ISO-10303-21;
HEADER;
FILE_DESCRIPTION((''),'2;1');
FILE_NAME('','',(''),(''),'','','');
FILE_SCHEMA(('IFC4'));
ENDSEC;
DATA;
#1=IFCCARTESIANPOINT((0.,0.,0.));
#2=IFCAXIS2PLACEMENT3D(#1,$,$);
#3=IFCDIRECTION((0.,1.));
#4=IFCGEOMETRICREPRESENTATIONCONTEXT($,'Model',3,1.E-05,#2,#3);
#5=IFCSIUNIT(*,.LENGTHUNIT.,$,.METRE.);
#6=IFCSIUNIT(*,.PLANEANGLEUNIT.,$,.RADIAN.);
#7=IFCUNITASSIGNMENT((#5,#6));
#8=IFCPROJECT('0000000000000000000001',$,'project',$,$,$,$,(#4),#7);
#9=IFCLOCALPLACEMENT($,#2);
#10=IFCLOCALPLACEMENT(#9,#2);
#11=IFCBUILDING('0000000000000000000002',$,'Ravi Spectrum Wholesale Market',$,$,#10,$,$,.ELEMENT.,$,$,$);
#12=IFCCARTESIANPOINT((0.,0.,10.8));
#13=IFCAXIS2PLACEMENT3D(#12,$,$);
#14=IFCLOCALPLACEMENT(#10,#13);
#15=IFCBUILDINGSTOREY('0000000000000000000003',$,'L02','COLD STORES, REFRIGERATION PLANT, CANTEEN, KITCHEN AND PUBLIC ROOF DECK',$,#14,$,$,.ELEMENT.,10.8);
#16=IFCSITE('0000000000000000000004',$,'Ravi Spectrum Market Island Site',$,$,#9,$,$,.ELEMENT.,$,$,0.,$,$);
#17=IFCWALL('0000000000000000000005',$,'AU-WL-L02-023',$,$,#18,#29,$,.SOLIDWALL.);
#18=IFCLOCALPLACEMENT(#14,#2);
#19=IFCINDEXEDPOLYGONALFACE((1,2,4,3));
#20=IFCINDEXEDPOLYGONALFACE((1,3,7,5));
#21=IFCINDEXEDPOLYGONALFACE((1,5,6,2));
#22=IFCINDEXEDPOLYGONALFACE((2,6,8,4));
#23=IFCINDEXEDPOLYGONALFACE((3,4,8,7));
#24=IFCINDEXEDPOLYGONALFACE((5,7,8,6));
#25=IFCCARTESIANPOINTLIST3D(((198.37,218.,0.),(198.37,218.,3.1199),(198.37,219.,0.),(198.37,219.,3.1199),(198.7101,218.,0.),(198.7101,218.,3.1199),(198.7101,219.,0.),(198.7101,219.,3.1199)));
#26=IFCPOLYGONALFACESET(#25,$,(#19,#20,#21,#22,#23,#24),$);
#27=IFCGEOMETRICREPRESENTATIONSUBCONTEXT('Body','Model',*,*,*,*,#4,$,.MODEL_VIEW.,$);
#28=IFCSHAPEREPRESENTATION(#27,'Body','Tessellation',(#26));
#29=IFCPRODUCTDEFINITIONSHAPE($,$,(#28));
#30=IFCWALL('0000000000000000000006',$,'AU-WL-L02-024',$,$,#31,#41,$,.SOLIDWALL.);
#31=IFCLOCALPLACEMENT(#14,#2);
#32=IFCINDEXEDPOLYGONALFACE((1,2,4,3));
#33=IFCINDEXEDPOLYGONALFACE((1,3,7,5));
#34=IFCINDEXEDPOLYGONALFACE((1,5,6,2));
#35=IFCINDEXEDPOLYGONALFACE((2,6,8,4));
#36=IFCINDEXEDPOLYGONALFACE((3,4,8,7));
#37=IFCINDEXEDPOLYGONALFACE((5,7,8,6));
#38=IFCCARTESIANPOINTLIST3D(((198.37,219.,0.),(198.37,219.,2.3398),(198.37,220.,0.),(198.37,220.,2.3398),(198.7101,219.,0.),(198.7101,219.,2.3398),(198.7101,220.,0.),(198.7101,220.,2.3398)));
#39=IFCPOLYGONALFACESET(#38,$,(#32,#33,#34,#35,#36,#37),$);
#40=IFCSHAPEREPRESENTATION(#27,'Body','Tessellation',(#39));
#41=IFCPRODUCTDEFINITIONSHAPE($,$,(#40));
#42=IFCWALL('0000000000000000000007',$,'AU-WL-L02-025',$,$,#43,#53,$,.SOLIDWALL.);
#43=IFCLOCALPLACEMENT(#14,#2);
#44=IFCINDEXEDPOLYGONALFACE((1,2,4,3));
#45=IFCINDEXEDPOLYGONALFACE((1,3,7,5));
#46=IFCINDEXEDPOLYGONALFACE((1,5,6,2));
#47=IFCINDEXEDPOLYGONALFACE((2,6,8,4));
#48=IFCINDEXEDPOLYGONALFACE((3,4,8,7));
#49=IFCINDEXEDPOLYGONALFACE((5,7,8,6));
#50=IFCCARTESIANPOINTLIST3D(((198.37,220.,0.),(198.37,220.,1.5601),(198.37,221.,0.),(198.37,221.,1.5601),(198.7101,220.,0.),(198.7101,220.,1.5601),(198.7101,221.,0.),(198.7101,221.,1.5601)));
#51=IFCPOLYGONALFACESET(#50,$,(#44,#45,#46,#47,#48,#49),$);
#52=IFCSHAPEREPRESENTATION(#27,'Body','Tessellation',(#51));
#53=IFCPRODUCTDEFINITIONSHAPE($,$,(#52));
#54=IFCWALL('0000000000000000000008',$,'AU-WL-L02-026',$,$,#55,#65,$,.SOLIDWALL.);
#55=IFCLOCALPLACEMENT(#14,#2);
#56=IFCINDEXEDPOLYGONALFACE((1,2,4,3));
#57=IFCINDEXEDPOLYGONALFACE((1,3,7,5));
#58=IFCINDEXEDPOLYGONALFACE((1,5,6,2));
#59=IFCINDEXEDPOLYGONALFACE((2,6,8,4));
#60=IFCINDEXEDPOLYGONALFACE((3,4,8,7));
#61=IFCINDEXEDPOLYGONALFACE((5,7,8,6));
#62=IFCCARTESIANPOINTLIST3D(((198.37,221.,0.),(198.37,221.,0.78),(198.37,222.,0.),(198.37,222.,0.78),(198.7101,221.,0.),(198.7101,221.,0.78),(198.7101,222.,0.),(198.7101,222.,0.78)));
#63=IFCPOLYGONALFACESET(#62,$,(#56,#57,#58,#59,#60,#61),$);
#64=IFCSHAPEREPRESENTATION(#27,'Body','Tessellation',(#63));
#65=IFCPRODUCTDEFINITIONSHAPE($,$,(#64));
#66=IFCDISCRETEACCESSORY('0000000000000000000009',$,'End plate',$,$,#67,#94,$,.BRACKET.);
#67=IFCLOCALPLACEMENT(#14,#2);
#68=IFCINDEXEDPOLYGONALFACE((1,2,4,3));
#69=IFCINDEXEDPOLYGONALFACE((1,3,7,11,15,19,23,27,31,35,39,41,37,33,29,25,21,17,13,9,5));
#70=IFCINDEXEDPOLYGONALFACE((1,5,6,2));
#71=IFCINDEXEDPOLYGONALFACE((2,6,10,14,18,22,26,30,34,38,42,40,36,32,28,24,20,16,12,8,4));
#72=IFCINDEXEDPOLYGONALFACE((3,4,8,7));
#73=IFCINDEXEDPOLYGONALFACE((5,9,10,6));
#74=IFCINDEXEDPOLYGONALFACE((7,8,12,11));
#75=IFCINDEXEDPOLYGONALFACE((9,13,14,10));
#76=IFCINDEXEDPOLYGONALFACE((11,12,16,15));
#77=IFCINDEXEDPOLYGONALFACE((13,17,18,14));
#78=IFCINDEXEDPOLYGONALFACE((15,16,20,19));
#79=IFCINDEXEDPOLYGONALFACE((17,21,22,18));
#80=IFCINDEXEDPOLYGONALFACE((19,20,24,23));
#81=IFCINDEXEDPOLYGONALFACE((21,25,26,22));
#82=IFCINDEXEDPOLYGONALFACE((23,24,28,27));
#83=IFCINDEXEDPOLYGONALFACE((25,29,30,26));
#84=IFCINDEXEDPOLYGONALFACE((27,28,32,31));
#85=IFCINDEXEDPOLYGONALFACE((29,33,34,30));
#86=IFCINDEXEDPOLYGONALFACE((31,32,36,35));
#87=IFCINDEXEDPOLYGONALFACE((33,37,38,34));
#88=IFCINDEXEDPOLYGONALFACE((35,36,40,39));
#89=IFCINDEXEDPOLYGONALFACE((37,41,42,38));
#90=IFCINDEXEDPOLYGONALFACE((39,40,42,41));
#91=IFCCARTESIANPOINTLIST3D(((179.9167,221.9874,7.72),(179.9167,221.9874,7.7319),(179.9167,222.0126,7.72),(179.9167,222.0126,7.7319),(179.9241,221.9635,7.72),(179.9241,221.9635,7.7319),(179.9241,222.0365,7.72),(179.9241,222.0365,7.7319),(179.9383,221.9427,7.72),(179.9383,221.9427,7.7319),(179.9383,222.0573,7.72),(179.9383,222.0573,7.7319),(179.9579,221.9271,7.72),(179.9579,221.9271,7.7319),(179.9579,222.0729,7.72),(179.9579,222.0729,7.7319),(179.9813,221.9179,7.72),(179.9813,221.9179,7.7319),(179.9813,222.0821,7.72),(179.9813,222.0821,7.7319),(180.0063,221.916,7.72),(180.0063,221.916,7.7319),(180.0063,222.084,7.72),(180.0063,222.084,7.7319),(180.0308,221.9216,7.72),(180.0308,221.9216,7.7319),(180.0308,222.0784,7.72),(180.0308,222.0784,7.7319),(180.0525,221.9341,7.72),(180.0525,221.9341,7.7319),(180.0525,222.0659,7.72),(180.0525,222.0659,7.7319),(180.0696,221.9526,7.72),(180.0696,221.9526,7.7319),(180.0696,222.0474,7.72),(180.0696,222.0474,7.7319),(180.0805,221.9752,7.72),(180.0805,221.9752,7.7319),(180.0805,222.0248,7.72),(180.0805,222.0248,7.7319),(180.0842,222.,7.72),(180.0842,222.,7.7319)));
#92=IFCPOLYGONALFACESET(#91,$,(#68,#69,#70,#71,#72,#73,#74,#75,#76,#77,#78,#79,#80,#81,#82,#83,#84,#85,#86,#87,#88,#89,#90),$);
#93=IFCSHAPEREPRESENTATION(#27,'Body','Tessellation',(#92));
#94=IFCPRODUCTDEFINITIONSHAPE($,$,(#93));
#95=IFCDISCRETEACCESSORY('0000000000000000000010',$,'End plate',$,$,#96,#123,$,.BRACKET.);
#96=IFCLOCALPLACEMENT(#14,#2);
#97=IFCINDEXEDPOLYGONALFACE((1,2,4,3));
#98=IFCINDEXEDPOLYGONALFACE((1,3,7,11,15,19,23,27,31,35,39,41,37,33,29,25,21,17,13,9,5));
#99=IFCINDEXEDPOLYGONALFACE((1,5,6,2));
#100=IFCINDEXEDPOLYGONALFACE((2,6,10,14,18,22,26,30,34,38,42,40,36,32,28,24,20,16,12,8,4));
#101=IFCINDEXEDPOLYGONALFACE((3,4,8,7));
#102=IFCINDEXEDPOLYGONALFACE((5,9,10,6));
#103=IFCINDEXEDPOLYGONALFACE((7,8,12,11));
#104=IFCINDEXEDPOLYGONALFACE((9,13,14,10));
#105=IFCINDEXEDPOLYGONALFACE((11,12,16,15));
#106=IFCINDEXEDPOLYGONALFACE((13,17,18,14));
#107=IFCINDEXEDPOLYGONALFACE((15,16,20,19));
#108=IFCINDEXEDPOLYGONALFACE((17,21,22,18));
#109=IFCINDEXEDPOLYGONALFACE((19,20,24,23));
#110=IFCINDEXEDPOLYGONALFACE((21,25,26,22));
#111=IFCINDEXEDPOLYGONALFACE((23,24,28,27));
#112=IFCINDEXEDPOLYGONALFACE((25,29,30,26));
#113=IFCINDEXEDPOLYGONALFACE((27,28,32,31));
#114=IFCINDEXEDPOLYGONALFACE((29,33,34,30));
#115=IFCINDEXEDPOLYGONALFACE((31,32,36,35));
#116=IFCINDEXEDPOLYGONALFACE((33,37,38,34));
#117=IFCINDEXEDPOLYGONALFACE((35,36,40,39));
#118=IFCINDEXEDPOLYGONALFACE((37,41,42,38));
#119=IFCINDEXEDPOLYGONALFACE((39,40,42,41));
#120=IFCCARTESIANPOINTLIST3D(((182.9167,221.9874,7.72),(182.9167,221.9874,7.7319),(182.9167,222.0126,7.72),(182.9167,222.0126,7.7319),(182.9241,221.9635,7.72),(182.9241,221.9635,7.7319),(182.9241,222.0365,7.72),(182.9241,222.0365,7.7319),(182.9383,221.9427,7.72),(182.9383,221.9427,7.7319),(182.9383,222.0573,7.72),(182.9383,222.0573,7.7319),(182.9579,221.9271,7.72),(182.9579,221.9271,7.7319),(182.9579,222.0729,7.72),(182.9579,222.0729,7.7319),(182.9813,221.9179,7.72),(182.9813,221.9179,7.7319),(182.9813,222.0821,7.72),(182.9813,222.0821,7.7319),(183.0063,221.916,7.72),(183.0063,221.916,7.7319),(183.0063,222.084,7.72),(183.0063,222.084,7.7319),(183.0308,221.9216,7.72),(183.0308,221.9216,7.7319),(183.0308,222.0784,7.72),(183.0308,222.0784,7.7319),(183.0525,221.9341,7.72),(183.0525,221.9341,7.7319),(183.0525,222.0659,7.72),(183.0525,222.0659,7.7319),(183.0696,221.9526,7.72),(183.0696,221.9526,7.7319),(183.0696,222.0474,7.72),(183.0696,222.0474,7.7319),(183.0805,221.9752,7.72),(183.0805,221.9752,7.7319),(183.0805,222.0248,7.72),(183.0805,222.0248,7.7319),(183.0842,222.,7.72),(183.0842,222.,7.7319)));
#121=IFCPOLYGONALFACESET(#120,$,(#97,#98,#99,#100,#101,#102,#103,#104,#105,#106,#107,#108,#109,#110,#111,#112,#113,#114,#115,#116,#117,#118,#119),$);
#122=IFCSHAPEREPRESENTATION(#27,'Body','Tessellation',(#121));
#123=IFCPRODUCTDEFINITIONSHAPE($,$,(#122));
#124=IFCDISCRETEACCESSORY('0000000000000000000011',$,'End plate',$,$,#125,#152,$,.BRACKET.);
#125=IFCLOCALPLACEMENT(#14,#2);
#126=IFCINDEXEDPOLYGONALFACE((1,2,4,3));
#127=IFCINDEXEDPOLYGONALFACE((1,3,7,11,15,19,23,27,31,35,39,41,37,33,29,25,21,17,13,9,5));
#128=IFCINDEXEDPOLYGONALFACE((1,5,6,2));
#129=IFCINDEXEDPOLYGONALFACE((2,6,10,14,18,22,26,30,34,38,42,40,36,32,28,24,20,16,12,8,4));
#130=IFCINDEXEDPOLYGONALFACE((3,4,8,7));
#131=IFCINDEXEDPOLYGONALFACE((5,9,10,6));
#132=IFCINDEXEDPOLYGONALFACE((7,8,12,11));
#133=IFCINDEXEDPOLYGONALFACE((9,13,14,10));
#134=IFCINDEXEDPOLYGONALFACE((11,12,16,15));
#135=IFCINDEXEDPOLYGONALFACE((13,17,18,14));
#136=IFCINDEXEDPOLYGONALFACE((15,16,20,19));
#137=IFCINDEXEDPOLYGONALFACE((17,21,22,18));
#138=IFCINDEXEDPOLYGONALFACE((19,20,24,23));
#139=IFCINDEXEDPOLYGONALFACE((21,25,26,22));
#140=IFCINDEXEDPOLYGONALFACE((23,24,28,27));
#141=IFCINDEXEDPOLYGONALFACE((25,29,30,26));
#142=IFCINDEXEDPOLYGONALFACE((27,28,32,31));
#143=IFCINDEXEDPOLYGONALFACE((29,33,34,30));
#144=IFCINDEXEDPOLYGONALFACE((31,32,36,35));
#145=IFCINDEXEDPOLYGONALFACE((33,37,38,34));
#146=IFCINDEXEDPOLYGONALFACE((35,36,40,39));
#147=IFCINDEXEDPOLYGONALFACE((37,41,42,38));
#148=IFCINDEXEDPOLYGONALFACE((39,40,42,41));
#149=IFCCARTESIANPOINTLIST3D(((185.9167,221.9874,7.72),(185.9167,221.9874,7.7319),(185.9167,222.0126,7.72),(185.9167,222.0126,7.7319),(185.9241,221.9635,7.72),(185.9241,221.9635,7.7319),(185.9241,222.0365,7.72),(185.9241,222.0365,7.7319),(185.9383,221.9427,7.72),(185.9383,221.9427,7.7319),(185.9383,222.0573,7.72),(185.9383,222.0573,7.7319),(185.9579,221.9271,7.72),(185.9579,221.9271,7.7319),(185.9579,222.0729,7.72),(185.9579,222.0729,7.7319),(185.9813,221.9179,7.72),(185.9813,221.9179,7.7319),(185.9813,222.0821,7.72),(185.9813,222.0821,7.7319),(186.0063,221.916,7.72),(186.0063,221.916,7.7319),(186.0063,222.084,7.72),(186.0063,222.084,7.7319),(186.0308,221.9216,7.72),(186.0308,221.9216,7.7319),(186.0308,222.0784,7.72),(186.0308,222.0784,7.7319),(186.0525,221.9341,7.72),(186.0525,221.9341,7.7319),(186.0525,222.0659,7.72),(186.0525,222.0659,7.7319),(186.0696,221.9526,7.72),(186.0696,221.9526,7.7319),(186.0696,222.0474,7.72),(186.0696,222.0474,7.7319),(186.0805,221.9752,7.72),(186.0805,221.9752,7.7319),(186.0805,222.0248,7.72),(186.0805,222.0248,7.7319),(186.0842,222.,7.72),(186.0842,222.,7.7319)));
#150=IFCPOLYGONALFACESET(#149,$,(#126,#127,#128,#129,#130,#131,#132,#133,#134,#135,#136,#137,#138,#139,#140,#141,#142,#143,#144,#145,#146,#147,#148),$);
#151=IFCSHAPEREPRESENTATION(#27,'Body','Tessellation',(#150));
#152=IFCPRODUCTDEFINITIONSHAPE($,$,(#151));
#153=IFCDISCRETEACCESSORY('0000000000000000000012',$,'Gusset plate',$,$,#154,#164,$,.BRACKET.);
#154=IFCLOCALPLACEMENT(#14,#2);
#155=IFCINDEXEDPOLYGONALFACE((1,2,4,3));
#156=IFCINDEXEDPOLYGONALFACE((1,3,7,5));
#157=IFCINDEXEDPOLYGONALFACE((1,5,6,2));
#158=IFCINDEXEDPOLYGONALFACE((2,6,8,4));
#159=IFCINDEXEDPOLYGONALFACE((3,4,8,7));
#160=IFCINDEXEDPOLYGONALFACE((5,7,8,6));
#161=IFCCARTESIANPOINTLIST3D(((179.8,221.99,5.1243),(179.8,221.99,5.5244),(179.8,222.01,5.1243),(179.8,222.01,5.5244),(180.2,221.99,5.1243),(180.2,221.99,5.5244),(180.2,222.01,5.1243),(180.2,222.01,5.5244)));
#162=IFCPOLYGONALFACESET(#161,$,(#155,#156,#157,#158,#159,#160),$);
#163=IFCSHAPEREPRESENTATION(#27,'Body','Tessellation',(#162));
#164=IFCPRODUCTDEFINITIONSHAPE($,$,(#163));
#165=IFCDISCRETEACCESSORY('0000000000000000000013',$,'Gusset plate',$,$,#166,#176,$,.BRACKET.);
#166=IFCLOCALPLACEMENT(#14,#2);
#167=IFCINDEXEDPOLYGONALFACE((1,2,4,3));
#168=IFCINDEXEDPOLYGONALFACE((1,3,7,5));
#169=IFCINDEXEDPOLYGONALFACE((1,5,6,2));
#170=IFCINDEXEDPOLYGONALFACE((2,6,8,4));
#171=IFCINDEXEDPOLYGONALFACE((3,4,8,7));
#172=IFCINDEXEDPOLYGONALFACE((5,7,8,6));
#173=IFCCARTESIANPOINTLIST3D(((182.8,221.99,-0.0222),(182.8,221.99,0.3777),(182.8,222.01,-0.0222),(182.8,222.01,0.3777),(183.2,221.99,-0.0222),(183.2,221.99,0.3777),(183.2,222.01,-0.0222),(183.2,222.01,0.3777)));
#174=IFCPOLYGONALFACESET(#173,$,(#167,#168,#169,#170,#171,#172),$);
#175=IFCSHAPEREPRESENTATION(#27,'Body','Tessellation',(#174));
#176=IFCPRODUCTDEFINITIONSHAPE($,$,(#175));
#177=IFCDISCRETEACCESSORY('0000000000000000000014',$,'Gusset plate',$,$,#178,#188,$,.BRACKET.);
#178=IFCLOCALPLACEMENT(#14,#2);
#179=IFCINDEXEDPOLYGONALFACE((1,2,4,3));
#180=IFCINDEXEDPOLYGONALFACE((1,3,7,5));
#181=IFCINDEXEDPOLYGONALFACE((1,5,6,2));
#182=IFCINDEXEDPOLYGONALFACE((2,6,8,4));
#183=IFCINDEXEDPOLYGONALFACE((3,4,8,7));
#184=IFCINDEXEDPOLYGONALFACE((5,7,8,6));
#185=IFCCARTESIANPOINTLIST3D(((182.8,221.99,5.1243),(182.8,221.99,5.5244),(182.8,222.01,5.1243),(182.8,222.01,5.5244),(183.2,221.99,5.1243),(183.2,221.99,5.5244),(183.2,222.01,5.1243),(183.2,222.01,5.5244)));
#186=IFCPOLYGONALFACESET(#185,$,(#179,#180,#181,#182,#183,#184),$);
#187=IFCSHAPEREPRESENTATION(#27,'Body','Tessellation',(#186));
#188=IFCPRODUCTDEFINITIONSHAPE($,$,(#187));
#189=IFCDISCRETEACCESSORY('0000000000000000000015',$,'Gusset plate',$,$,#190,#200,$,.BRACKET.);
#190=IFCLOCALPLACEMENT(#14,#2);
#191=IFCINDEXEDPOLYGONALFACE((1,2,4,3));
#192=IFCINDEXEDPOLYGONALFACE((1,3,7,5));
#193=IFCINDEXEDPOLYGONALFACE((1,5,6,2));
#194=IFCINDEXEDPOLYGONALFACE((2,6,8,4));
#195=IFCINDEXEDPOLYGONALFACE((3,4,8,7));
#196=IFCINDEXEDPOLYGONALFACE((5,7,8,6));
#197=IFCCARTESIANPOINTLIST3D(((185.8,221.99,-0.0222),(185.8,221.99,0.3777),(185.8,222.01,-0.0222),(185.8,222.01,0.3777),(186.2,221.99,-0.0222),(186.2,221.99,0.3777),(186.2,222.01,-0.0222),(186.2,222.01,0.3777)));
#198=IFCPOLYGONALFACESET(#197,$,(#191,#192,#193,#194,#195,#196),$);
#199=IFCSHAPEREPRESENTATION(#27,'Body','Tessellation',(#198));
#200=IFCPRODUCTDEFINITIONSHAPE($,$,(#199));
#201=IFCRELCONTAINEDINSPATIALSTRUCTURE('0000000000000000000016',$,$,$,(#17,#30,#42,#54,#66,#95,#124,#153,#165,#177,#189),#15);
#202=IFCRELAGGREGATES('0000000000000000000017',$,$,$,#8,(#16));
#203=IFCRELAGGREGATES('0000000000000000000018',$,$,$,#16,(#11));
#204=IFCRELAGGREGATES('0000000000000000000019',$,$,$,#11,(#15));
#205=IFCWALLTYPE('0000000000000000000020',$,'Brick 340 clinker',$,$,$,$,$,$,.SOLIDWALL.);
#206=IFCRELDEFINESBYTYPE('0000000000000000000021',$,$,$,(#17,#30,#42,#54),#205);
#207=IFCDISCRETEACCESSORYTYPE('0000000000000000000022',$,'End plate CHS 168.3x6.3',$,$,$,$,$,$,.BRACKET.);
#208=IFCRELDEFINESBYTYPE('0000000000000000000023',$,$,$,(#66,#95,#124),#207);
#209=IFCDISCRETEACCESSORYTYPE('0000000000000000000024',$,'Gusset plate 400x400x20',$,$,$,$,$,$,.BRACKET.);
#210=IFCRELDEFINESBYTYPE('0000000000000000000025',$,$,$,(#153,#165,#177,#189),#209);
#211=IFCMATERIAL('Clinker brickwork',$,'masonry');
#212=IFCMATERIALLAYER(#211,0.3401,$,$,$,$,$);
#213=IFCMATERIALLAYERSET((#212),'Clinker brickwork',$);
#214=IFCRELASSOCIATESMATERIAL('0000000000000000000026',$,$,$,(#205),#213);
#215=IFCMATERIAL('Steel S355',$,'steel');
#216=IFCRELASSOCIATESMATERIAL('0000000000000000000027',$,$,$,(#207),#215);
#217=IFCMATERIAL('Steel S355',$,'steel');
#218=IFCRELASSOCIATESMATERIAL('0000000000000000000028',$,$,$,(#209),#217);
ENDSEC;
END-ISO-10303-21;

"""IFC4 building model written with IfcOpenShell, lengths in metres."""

from ifc_helpers import new_model, si_unit, direction, frame, frame_2d, origin, origin_2d, place, context, subcontext, project, spatial, rectangle, circle, extrude, material, layer, layer_set, material_profile, profile_set, type_object, element, save


model = new_model("IFC4")

# Units and contexts
model_context = context("Model", 3, precision=1e-05, world=origin(), true_north=direction((0.0, 1.0)))
body_context = subcontext(model_context, "Body", "Model", "MODEL_VIEW")
ifc_project = project(units=[si_unit("LENGTHUNIT", "METRE"), si_unit("PLANEANGLEUNIT", "RADIAN")], contexts=[model_context])

# Site, building, storey
site_placement = place(None, origin())
site = spatial("IfcSite", under=ifc_project, at=site_placement, Name="Ravi Spectrum Market Island Site", CompositionType="ELEMENT", RefElevation=0.0)
building_placement = place(site_placement, origin())
building = spatial("IfcBuilding", under=site, at=building_placement, Name="Ravi Spectrum Wholesale Market", CompositionType="ELEMENT")
storey_placement = place(building_placement, frame((0.0, 0.0, 10.8)))
storey = spatial("IfcBuildingStorey", under=building, at=storey_placement, Name="L02", Description="COLD STORES, REFRIGERATION PLANT, CANTEEN, KITCHEN AND PUBLIC ROOF DECK", CompositionType="ELEMENT", Elevation=10.8)

# Walls
ifc_material_1 = material(Name="Clinker brickwork", Category="masonry")
ifc_layer = layer(ifc_material_1, 0.3401)
ifc_layer_set = layer_set([ifc_layer], Name="Clinker brickwork")
wall_type = type_object("IfcWallType", Name="Brick 340 clinker", PredefinedType="SOLIDWALL", material=ifc_layer_set)
wall_1_placement = place(storey_placement, frame((198.54, 218.0, 0.0), z_axis=(0.0, 0.0, 1.0), x_axis=(0.0, 1.0, 0.0)))
element("IfcWall", 1, at=wall_1_placement, inside=storey, type_object=wall_type, Name="AU-WL-L02-023", PredefinedType="SOLIDWALL", context=body_context, shape_type="SweptSolid", body=[
    extrude(rectangle(XDim=1.0, YDim=0.3401, at=frame_2d((0.5, 0.0))), origin(), (0.0, 0.0, 1.0), 3.1199),
])
wall_2_placement = place(storey_placement, frame((198.54, 219.0, 0.0), z_axis=(0.0, 0.0, 1.0), x_axis=(0.0, 1.0, 0.0)))
element("IfcWall", 2, at=wall_2_placement, inside=storey, type_object=wall_type, Name="AU-WL-L02-024", PredefinedType="SOLIDWALL", context=body_context, shape_type="SweptSolid", body=[
    extrude(rectangle(XDim=1.0, YDim=0.3401, at=frame_2d((0.5, 0.0))), origin(), (0.0, 0.0, 1.0), 2.3398),
])
wall_3_placement = place(storey_placement, frame((198.54, 220.0, 0.0), z_axis=(0.0, 0.0, 1.0), x_axis=(0.0, 1.0, 0.0)))
element("IfcWall", 3, at=wall_3_placement, inside=storey, type_object=wall_type, Name="AU-WL-L02-025", PredefinedType="SOLIDWALL", context=body_context, shape_type="SweptSolid", body=[
    extrude(rectangle(XDim=1.0, YDim=0.3401, at=frame_2d((0.5, 0.0))), origin(), (0.0, 0.0, 1.0), 1.5601),
])
wall_4_placement = place(storey_placement, frame((198.54, 221.0, 0.0), z_axis=(0.0, 0.0, 1.0), x_axis=(0.0, 1.0, 0.0)))
element("IfcWall", 4, at=wall_4_placement, inside=storey, type_object=wall_type, Name="AU-WL-L02-026", PredefinedType="SOLIDWALL", context=body_context, shape_type="SweptSolid", body=[
    extrude(rectangle(XDim=1.0, YDim=0.3401, at=frame_2d((0.5, 0.0))), origin(), (0.0, 0.0, 1.0), 0.78),
])

# Discrete accessories
ifc_material_2 = material(Name="Steel S355", Category="steel")
ifc_material_profile_1 = material_profile(ifc_material_2, circle(Radius=0.0842, at=origin_2d()))
ifc_profile_set_1 = profile_set([ifc_material_profile_1], Name="Steel S355")
discrete_accessory_type_1 = type_object("IfcDiscreteAccessoryType", Name="End plate CHS 168.3x6.3", PredefinedType="BRACKET", material=ifc_profile_set_1)
for number, where, z_axis, x_axis, name in (
    (5, (180.0, 222.0, 7.72), (0.0, 0.0, 1.0), (1.0, 0.0, 0.0), "End plate"),
    (6, (183.0, 222.0, 7.72), (0.0, 0.0, 1.0), (1.0, 0.0, 0.0), "End plate"),
    (7, (186.0, 222.0, 7.72), (0.0, 0.0, 1.0), (1.0, 0.0, 0.0), "End plate"),
):
    element("IfcDiscreteAccessory", number, at=place(storey_placement, frame(where, z_axis=z_axis, x_axis=x_axis)), inside=storey, type_object=discrete_accessory_type_1, Name=name, PredefinedType="BRACKET", context=body_context, shape_type="SweptSolid", body=[
        extrude(circle(Radius=0.0842, at=origin_2d()), origin(), (0.0, 0.0, 1.0), 0.012),
    ])
ifc_material_3 = material(Name="Steel S355", Category="steel")
ifc_material_profile_2 = material_profile(ifc_material_3, rectangle(XDim=0.3999, YDim=0.02, at=origin_2d()))
ifc_profile_set_2 = profile_set([ifc_material_profile_2], Name="Steel S355")
discrete_accessory_type_2 = type_object("IfcDiscreteAccessoryType", Name="Gusset plate 400x400x20", PredefinedType="BRACKET", material=ifc_profile_set_2)
discrete_accessory_1_placement = place(storey_placement, frame((180.0, 222.0, 5.1243), z_axis=(0.0, 0.0, 1.0), x_axis=(1.0, 0.0, 0.0)))
element("IfcDiscreteAccessory", 8, at=discrete_accessory_1_placement, inside=storey, type_object=discrete_accessory_type_2, Name="Gusset plate", PredefinedType="BRACKET", context=body_context, shape_type="SweptSolid", body=[
    extrude(rectangle(XDim=0.3999, YDim=0.02, at=origin_2d()), origin(), (0.0, 0.0, 1.0), 0.4001),
])
discrete_accessory_2_placement = place(storey_placement, frame((183.0, 222.0, -0.0222), z_axis=(0.0, 0.0, 1.0), x_axis=(-1.0, 0.0, 0.0)))
element("IfcDiscreteAccessory", 9, at=discrete_accessory_2_placement, inside=storey, type_object=discrete_accessory_type_2, Name="Gusset plate", PredefinedType="BRACKET", context=body_context, shape_type="SweptSolid", body=[
    extrude(rectangle(XDim=0.3999, YDim=0.02, at=origin_2d()), origin(), (0.0, 0.0, 1.0), 0.3999),
])
discrete_accessory_3_placement = place(storey_placement, frame((183.0, 222.0, 5.1243), z_axis=(0.0, 0.0, 1.0), x_axis=(-1.0, 0.0, 0.0)))
element("IfcDiscreteAccessory", 10, at=discrete_accessory_3_placement, inside=storey, type_object=discrete_accessory_type_2, Name="Gusset plate", PredefinedType="BRACKET", context=body_context, shape_type="SweptSolid", body=[
    extrude(rectangle(XDim=0.3999, YDim=0.02, at=origin_2d()), origin(), (0.0, 0.0, 1.0), 0.4001),
])
discrete_accessory_4_placement = place(storey_placement, frame((186.0, 222.0, -0.0222), z_axis=(0.0, 0.0, 1.0), x_axis=(-1.0, 0.0, 0.0)))
element("IfcDiscreteAccessory", 11, at=discrete_accessory_4_placement, inside=storey, type_object=discrete_accessory_type_2, Name="Gusset plate", PredefinedType="BRACKET", context=body_context, shape_type="SweptSolid", body=[
    extrude(rectangle(XDim=0.3999, YDim=0.02, at=origin_2d()), origin(), (0.0, 0.0, 1.0), 0.3999),
])

save(model, "model.ifc")
